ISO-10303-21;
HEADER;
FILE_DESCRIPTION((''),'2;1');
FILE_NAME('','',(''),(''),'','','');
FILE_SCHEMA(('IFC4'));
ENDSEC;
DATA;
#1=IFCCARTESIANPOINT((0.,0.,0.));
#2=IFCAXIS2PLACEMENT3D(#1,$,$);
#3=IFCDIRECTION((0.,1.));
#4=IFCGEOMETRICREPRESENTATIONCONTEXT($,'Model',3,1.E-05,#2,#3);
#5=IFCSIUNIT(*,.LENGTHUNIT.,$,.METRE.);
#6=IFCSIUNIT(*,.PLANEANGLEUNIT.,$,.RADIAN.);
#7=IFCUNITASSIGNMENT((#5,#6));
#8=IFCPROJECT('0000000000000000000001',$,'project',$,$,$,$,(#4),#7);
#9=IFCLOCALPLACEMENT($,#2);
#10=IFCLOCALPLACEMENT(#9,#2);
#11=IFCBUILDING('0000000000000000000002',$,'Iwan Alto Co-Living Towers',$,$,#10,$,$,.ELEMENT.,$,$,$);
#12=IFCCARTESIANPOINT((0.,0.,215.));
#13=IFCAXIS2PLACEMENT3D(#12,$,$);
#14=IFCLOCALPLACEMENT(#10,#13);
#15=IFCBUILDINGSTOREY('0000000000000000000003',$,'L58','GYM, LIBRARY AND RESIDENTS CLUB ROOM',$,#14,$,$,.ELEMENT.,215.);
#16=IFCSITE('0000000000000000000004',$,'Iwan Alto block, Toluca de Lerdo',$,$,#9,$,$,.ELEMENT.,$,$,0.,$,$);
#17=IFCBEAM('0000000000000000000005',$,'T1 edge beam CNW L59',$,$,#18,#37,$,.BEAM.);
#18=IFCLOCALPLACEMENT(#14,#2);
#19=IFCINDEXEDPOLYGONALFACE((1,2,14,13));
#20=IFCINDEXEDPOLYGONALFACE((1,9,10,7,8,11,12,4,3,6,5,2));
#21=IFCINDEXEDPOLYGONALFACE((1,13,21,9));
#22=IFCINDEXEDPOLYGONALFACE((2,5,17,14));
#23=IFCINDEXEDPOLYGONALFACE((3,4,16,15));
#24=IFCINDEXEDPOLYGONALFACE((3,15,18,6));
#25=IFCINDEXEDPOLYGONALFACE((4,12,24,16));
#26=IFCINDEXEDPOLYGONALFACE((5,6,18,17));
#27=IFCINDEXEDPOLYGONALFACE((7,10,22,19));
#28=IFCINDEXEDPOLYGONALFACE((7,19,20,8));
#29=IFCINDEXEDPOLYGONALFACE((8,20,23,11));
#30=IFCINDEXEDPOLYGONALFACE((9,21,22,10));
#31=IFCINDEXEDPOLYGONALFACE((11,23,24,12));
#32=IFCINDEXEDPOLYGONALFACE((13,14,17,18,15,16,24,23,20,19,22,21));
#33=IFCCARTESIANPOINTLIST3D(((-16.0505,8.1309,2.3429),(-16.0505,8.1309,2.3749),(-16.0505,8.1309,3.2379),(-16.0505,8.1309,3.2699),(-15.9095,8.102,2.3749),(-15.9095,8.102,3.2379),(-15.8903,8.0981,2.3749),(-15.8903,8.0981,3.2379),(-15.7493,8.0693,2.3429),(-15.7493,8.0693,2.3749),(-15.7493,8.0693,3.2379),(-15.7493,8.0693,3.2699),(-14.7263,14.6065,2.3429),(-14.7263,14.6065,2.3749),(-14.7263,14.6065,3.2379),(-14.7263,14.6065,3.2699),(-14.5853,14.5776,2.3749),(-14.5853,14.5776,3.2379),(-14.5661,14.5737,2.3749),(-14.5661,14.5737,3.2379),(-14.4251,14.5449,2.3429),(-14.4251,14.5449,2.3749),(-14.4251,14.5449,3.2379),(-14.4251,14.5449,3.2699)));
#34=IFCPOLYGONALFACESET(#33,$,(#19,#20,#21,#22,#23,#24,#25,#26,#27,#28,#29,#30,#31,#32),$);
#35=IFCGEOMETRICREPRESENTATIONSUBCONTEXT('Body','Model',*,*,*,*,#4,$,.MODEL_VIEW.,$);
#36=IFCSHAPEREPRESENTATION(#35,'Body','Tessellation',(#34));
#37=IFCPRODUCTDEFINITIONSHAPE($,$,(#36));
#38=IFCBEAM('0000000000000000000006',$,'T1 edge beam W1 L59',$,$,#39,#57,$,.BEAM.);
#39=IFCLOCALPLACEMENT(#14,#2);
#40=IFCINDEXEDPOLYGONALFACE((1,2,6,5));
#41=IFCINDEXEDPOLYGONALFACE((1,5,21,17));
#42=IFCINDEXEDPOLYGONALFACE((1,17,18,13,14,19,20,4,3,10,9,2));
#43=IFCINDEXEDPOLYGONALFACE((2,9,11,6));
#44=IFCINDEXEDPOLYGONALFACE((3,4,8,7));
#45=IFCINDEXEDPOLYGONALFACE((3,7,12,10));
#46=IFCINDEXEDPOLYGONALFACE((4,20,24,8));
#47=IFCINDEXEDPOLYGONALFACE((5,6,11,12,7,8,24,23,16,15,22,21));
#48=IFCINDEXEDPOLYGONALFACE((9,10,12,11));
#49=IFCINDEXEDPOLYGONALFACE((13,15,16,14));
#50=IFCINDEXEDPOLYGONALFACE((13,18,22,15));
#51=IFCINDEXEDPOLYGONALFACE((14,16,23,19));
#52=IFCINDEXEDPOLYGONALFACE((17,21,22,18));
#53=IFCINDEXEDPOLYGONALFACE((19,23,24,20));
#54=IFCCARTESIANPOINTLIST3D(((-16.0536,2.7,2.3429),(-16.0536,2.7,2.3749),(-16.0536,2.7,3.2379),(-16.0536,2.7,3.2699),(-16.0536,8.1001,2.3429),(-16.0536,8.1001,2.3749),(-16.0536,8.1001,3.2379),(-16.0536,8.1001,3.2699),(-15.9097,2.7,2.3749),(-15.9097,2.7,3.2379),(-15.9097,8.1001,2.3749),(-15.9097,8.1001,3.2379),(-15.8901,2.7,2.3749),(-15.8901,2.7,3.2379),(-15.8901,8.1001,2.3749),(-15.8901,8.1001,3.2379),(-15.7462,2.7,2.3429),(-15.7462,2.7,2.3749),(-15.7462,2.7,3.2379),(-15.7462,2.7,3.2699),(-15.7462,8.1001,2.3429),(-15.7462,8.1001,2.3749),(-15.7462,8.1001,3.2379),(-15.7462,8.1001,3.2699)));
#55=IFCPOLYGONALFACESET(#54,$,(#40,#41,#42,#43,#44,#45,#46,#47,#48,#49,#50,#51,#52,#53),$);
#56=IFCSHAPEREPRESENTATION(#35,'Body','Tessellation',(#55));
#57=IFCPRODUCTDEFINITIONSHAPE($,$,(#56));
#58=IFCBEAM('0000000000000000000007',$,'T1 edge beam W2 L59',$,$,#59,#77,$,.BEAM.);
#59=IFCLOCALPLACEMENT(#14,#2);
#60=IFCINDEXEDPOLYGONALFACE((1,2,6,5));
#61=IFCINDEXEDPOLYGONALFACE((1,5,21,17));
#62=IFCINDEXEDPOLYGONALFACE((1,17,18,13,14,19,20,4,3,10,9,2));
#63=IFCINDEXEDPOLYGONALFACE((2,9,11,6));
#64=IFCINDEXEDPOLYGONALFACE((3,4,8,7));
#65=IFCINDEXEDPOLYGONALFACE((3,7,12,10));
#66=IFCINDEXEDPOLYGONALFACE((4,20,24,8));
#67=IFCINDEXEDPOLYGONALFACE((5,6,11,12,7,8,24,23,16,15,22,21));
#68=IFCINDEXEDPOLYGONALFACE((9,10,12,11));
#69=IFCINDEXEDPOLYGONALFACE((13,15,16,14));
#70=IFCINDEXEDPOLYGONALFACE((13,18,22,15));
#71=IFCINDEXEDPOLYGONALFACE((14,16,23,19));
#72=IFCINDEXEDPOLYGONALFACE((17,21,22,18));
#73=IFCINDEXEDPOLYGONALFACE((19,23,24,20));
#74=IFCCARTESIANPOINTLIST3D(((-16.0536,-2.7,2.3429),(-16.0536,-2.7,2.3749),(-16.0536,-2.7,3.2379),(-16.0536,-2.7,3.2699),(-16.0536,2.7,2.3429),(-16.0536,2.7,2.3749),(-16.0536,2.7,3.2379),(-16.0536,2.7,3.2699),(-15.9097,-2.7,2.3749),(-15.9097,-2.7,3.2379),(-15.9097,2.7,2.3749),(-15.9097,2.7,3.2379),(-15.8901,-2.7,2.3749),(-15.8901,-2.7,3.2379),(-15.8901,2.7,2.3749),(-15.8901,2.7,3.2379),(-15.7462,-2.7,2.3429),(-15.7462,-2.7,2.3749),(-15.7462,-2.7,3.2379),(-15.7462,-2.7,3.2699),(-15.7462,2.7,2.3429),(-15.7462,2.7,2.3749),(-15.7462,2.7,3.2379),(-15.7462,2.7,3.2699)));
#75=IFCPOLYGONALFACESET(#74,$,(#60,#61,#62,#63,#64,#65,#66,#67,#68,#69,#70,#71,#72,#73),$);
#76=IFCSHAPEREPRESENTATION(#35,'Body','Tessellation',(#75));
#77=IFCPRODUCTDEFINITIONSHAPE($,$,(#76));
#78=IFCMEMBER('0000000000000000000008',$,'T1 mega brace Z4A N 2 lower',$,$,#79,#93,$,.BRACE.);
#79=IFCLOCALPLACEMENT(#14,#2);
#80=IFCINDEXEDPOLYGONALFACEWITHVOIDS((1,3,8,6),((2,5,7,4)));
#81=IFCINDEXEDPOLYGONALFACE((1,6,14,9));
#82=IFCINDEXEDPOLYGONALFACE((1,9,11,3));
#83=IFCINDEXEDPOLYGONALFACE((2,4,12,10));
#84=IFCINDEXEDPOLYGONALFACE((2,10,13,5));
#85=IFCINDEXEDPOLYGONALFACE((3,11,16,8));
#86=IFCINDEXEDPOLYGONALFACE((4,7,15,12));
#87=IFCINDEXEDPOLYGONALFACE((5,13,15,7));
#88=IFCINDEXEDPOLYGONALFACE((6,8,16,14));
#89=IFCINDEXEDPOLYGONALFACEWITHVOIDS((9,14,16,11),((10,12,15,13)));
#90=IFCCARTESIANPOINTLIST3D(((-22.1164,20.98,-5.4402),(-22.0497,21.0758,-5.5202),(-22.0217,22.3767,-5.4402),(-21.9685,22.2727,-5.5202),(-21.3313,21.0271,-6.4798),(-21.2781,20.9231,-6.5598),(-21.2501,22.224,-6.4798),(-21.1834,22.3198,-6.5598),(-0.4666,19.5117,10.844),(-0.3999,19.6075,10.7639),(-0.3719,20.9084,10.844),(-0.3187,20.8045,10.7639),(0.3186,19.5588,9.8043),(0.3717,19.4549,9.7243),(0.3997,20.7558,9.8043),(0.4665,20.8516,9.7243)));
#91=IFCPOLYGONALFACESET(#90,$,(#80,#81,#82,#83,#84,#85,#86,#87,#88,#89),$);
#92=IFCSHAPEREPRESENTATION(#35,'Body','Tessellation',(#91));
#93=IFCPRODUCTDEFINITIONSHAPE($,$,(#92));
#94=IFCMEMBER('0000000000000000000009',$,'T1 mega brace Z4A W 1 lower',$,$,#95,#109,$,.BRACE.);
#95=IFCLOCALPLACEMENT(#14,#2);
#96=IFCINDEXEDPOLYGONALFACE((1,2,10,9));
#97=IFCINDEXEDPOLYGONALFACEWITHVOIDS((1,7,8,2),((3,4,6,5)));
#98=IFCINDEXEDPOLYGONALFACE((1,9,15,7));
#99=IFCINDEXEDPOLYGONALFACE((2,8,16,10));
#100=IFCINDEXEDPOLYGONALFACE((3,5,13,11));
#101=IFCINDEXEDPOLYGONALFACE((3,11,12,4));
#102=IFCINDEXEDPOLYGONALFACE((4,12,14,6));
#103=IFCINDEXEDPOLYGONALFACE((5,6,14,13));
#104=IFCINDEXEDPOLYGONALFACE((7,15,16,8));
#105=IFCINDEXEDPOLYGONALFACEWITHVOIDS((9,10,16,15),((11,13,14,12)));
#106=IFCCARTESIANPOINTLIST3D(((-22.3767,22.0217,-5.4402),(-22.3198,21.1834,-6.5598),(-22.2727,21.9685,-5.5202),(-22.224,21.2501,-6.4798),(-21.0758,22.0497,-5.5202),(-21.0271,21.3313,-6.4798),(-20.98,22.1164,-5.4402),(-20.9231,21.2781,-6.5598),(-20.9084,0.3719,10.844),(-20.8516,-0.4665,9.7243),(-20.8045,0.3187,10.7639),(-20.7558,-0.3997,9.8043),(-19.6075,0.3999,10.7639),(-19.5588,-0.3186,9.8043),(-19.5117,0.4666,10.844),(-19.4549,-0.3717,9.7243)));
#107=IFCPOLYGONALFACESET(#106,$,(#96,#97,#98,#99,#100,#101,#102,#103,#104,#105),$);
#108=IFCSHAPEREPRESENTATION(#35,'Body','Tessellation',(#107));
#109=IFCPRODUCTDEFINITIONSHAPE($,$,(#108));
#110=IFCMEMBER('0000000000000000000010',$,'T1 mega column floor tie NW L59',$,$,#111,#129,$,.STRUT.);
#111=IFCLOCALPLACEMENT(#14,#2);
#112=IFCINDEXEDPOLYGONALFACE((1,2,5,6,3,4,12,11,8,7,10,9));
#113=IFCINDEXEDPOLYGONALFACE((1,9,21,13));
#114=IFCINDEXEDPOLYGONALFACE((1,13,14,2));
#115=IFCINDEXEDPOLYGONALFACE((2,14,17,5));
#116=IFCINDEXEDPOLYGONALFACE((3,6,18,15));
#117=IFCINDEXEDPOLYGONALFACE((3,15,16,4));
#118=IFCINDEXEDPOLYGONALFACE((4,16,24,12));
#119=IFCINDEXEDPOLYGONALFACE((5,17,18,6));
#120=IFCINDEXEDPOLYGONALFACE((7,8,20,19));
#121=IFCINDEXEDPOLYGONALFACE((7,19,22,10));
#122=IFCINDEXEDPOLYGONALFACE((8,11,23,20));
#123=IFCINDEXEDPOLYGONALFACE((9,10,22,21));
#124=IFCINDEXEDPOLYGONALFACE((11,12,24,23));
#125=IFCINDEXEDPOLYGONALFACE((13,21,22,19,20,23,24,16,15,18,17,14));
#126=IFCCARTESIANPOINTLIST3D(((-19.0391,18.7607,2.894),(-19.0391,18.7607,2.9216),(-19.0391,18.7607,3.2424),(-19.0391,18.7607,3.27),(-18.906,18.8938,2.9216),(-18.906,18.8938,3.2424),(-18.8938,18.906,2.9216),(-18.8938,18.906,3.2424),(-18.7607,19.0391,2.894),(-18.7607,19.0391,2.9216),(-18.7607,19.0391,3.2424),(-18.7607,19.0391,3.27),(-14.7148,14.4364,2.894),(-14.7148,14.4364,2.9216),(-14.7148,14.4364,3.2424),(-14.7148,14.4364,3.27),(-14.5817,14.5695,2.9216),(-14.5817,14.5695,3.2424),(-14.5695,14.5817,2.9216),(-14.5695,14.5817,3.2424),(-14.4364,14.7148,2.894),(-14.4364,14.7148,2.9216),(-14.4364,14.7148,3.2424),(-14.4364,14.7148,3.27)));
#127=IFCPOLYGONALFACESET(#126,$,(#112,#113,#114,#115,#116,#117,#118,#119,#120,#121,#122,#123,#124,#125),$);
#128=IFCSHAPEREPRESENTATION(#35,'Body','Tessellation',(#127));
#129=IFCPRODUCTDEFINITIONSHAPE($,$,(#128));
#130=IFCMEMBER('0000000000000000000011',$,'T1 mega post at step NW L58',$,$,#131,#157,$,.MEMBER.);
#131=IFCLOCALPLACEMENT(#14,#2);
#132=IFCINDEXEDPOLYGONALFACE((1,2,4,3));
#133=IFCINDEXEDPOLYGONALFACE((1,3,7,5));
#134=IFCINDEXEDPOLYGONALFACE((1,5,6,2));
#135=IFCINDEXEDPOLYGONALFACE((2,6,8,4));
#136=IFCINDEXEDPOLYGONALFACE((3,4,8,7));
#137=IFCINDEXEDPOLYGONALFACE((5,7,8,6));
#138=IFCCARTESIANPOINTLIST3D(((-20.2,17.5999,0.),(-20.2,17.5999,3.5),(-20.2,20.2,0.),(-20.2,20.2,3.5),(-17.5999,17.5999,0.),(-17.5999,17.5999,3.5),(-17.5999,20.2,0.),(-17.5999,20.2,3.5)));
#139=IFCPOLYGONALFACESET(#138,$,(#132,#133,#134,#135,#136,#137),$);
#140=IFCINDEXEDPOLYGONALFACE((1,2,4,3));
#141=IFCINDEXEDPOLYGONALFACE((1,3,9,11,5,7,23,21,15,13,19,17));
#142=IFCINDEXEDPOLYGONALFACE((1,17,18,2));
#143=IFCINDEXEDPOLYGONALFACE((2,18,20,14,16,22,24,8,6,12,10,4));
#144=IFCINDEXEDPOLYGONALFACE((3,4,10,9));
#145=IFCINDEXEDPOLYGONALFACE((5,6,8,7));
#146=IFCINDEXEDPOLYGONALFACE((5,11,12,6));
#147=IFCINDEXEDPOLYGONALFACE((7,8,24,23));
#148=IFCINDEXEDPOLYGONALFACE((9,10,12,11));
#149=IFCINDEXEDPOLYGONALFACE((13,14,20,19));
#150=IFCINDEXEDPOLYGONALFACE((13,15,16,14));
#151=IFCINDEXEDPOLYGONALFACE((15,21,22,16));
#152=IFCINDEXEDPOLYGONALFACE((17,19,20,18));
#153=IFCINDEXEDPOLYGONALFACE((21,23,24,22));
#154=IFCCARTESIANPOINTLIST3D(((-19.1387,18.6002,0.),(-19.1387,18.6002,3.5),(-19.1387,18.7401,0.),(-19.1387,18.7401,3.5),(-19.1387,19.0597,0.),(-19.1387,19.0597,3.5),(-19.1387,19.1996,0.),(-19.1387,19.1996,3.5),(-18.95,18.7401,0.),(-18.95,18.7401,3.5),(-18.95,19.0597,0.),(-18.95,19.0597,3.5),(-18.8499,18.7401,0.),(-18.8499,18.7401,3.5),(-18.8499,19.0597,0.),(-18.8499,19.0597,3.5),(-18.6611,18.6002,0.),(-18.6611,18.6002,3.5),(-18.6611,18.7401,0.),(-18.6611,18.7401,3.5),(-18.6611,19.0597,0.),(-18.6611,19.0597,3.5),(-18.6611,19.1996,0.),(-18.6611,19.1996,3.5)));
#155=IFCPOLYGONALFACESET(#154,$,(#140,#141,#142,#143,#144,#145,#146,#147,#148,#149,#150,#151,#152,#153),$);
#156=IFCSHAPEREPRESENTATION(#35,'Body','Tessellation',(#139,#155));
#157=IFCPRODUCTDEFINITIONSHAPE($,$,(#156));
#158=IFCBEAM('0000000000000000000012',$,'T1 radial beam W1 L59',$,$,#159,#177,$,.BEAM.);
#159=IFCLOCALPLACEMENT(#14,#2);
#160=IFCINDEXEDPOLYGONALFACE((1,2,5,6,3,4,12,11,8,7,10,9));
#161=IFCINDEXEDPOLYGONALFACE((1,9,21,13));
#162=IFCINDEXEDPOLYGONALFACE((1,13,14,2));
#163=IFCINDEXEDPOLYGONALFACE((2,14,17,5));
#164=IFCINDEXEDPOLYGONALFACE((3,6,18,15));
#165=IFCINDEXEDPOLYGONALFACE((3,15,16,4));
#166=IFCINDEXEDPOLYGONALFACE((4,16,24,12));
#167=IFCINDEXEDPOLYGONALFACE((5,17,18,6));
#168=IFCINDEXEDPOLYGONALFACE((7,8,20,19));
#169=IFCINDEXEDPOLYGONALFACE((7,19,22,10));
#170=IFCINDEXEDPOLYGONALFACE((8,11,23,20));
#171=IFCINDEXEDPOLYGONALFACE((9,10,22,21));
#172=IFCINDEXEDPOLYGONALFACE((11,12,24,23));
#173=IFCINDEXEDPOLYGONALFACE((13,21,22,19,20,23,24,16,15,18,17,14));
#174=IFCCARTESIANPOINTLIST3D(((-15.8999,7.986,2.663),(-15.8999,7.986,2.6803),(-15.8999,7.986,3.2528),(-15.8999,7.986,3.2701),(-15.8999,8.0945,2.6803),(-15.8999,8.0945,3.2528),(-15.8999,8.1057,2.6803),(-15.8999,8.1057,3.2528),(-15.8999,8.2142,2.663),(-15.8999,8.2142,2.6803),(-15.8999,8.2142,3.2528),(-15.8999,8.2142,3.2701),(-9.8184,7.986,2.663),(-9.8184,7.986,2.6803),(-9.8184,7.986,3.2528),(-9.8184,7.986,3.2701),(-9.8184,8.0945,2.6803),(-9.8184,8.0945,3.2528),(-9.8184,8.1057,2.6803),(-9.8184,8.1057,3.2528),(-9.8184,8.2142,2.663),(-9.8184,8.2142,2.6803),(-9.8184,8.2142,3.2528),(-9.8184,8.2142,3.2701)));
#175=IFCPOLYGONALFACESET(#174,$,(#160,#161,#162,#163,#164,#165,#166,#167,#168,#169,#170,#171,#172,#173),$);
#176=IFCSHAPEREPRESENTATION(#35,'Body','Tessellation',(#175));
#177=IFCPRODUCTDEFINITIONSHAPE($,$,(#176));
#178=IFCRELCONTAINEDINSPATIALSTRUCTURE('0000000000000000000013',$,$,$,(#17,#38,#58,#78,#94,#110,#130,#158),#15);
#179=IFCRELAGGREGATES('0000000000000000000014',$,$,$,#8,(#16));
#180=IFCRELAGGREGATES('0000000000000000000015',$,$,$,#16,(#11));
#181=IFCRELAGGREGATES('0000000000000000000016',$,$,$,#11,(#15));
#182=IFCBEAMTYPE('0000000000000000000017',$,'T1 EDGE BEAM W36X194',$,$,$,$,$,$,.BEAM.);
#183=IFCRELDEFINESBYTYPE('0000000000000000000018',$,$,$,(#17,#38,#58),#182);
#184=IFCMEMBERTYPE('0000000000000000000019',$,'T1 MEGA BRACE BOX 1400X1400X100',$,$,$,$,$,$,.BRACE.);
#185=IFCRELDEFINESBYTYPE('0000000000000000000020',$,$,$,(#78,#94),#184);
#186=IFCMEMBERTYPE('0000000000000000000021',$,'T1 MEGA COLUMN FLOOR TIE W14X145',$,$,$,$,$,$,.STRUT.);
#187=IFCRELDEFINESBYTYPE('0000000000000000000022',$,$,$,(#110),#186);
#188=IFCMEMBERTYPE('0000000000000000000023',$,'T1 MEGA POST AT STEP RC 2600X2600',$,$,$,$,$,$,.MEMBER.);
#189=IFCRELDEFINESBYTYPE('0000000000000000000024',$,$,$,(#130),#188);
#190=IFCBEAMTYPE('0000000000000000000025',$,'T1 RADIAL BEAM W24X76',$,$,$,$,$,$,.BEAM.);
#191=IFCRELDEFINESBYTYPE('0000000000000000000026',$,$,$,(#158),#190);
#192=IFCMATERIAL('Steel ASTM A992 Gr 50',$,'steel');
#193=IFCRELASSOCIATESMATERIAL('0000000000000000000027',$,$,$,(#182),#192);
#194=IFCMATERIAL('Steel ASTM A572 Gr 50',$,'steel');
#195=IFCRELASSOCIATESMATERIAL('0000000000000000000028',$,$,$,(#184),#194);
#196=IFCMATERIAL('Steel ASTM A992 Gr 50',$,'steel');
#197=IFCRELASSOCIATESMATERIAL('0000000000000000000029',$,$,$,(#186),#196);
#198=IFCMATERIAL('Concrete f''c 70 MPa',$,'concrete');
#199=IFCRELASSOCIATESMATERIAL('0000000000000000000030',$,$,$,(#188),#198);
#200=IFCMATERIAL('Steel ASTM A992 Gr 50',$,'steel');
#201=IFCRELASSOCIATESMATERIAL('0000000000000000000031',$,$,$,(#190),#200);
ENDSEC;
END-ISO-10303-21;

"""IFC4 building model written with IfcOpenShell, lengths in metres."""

from ifc_helpers import new_model, si_unit, direction, frame, origin, origin_2d, place, context, subcontext, project, spatial, rectangle, hollow_rectangle, i_section, extrude, material, material_profile, profile_set, type_object, element, save


model = new_model("IFC4")

# Units and contexts
model_context = context("Model", 3, precision=1e-05, world=origin(), true_north=direction((0.0, 1.0)))
body_context = subcontext(model_context, "Body", "Model", "MODEL_VIEW")
ifc_project = project(units=[si_unit("LENGTHUNIT", "METRE"), si_unit("PLANEANGLEUNIT", "RADIAN")], contexts=[model_context])

# Site, building, storey
site_placement = place(None, origin())
site = spatial("IfcSite", under=ifc_project, at=site_placement, Name="Iwan Alto block, Toluca de Lerdo", CompositionType="ELEMENT", RefElevation=0.0)
building_placement = place(site_placement, origin())
building = spatial("IfcBuilding", under=site, at=building_placement, Name="Iwan Alto Co-Living Towers", CompositionType="ELEMENT")
storey_placement = place(building_placement, frame((0.0, 0.0, 215.0)))
storey = spatial("IfcBuildingStorey", under=building, at=storey_placement, Name="L58", Description="GYM, LIBRARY AND RESIDENTS CLUB ROOM", CompositionType="ELEMENT", Elevation=215.0)

# Beams
ifc_material_1 = material(Name="Steel ASTM A992 Gr 50", Category="steel")
ifc_material_profile_1 = material_profile(ifc_material_1, i_section(OverallWidth=0.3074, OverallDepth=0.927, WebThickness=0.0195, FlangeThickness=0.032, at=origin_2d()), Name="W36X194")
ifc_profile_set_1 = profile_set([ifc_material_profile_1], Name="Steel ASTM A992 Gr 50")
beam_type_1 = type_object("IfcBeamType", Name="T1 EDGE BEAM W36X194", PredefinedType="BEAM", material=ifc_profile_set_1)
beam_1_placement = place(storey_placement, frame((-14.5757, 14.5757, 2.8064), z_axis=(-0.200348, -0.979725, 0.0), x_axis=(0.979725, -0.200348, 0.0)))
element("IfcBeam", 1, at=beam_1_placement, inside=storey, type_object=beam_type_1, Name="T1 edge beam CNW L59", PredefinedType="BEAM", context=body_context, shape_type="SweptSolid", body=[
    extrude(i_section(OverallWidth=0.3074, OverallDepth=0.927, WebThickness=0.0195, FlangeThickness=0.032, at=origin_2d()), origin(), (0.0, 0.0, 1.0), 6.6096),
])
beam_2_placement = place(storey_placement, frame((-15.8999, 8.1001, 2.8064), z_axis=(0.0, -1.0, 0.0), x_axis=(1.0, 0.0, 0.0)))
element("IfcBeam", 2, at=beam_2_placement, inside=storey, type_object=beam_type_1, Name="T1 edge beam W1 L59", PredefinedType="BEAM", context=body_context, shape_type="SweptSolid", body=[
    extrude(i_section(OverallWidth=0.3074, OverallDepth=0.927, WebThickness=0.0195, FlangeThickness=0.032, at=origin_2d()), origin(), (0.0, 0.0, 1.0), 5.4001),
])
beam_3_placement = place(storey_placement, frame((-15.8999, 2.7, 2.8064), z_axis=(0.0, -1.0, 0.0), x_axis=(1.0, 0.0, 0.0)))
element("IfcBeam", 3, at=beam_3_placement, inside=storey, type_object=beam_type_1, Name="T1 edge beam W2 L59", PredefinedType="BEAM", context=body_context, shape_type="SweptSolid", body=[
    extrude(i_section(OverallWidth=0.3074, OverallDepth=0.927, WebThickness=0.0195, FlangeThickness=0.032, at=origin_2d()), origin(), (0.0, 0.0, 1.0), 5.3999),
])

# Members
ifc_material_2 = material(Name="Steel ASTM A572 Gr 50", Category="steel")
ifc_material_profile_2 = material_profile(ifc_material_2, hollow_rectangle(XDim=1.3999, YDim=1.3999, WallThickness=0.1001, at=origin_2d()), Name="BOX 1400X1400X100")
ifc_profile_set_2 = profile_set([ifc_material_profile_2], Name="Steel ASTM A572 Gr 50")
member_type_1 = type_object("IfcMemberType", Name="T1 MEGA BRACE BOX 1400X1400X100", PredefinedType="BRACE", material=ifc_profile_set_2)
for number, where, z_axis, x_axis, name in (
    (4, (-21.6499, 21.6499, -6.0), (0.798, -0.054119, 0.600223), (0.067663, 0.997708, 0.0), "T1 mega brace Z4A N 2 lower"),
    (5, (-21.6499, 21.6499, -6.0), (0.054119, -0.798, 0.600223), (0.997708, 0.067663, 0.0), "T1 mega brace Z4A W 1 lower"),
):
    element("IfcMember", number, at=place(storey_placement, frame(where, z_axis=z_axis, x_axis=x_axis)), inside=storey, type_object=member_type_1, Name=name, PredefinedType="BRACE", context=body_context, shape_type="SweptSolid", body=[
        extrude(hollow_rectangle(XDim=1.3999, YDim=1.3999, WallThickness=0.1001, at=origin_2d()), origin(), (0.0, 0.0, 1.0), 27.1301),
    ])
ifc_material_3 = material(Name="Steel ASTM A992 Gr 50", Category="steel")
ifc_material_profile_3 = material_profile(ifc_material_3, i_section(OverallWidth=0.3938, OverallDepth=0.376, WebThickness=0.0173, FlangeThickness=0.0276, at=origin_2d()), Name="W14X145")
ifc_profile_set_3 = profile_set([ifc_material_profile_3], Name="Steel ASTM A992 Gr 50")
member_type_2 = type_object("IfcMemberType", Name="T1 MEGA COLUMN FLOOR TIE W14X145", PredefinedType="STRUT", material=ifc_profile_set_3)
member_1_placement = place(storey_placement, frame((-18.8999, 18.8999, 3.082), z_axis=(0.707107, -0.707107, 0.0), x_axis=(0.707107, 0.707107, 0.0)))
element("IfcMember", 6, at=member_1_placement, inside=storey, type_object=member_type_2, Name="T1 mega column floor tie NW L59", PredefinedType="STRUT", context=body_context, shape_type="SweptSolid", body=[
    extrude(i_section(OverallWidth=0.3938, OverallDepth=0.376, WebThickness=0.0173, FlangeThickness=0.0276, at=origin_2d()), origin(), (0.0, 0.0, 1.0), 6.1155),
])
ifc_material_4 = material(Name="Concrete f'c 70 MPa", Category="concrete")
ifc_material_profile_4 = material_profile(ifc_material_4, rectangle(XDim=2.6001, YDim=2.6001, at=origin_2d()), Name="RC 2600X2600")
ifc_profile_set_4 = profile_set([ifc_material_profile_4], Name="Concrete f'c 70 MPa")
member_type_3 = type_object("IfcMemberType", Name="T1 MEGA POST AT STEP RC 2600X2600", PredefinedType="MEMBER", material=ifc_profile_set_4)
member_2_placement = place(storey_placement, frame((-18.8999, 18.8999, 0.0), z_axis=(0.0, 0.0, 1.0), x_axis=(1.0, 0.0, 0.0)))
element("IfcMember", 7, at=member_2_placement, inside=storey, type_object=member_type_3, Name="T1 mega post at step NW L58", PredefinedType="MEMBER", context=body_context, shape_type="SweptSolid", body=[
    extrude(rectangle(XDim=2.6001, YDim=2.6001, at=origin_2d()), origin(), (0.0, 0.0, 1.0), 3.5),
    extrude(i_section(OverallWidth=0.4775, OverallDepth=0.5994, WebThickness=0.1001, FlangeThickness=0.1399, at=origin_2d()), origin(), (0.0, 0.0, 1.0), 3.5),
])

# Beam
ifc_material_5 = material(Name="Steel ASTM A992 Gr 50", Category="steel")
ifc_material_profile_5 = material_profile(ifc_material_5, i_section(OverallWidth=0.2283, OverallDepth=0.6072, WebThickness=0.0112, FlangeThickness=0.0173, at=origin_2d()), Name="W24X76")
ifc_profile_set_5 = profile_set([ifc_material_profile_5], Name="Steel ASTM A992 Gr 50")
beam_type_2 = type_object("IfcBeamType", Name="T1 RADIAL BEAM W24X76", PredefinedType="BEAM", material=ifc_profile_set_5)
for number, where, z_axis, x_axis, name in (
    (8, (-15.8999, 8.1001, 2.9666), (1.0, 0.0, 0.0), (0.0, 1.0, 0.0), "T1 radial beam W1 L59"),
):
    element("IfcBeam", number, at=place(storey_placement, frame(where, z_axis=z_axis, x_axis=x_axis)), inside=storey, type_object=beam_type_2, Name=name, PredefinedType="BEAM", context=body_context, shape_type="SweptSolid", body=[
        extrude(i_section(OverallWidth=0.2283, OverallDepth=0.6072, WebThickness=0.0112, FlangeThickness=0.0173, at=origin_2d()), origin(), (0.0, 0.0, 1.0), 6.0815),
    ])

save(model, "model.ifc")
